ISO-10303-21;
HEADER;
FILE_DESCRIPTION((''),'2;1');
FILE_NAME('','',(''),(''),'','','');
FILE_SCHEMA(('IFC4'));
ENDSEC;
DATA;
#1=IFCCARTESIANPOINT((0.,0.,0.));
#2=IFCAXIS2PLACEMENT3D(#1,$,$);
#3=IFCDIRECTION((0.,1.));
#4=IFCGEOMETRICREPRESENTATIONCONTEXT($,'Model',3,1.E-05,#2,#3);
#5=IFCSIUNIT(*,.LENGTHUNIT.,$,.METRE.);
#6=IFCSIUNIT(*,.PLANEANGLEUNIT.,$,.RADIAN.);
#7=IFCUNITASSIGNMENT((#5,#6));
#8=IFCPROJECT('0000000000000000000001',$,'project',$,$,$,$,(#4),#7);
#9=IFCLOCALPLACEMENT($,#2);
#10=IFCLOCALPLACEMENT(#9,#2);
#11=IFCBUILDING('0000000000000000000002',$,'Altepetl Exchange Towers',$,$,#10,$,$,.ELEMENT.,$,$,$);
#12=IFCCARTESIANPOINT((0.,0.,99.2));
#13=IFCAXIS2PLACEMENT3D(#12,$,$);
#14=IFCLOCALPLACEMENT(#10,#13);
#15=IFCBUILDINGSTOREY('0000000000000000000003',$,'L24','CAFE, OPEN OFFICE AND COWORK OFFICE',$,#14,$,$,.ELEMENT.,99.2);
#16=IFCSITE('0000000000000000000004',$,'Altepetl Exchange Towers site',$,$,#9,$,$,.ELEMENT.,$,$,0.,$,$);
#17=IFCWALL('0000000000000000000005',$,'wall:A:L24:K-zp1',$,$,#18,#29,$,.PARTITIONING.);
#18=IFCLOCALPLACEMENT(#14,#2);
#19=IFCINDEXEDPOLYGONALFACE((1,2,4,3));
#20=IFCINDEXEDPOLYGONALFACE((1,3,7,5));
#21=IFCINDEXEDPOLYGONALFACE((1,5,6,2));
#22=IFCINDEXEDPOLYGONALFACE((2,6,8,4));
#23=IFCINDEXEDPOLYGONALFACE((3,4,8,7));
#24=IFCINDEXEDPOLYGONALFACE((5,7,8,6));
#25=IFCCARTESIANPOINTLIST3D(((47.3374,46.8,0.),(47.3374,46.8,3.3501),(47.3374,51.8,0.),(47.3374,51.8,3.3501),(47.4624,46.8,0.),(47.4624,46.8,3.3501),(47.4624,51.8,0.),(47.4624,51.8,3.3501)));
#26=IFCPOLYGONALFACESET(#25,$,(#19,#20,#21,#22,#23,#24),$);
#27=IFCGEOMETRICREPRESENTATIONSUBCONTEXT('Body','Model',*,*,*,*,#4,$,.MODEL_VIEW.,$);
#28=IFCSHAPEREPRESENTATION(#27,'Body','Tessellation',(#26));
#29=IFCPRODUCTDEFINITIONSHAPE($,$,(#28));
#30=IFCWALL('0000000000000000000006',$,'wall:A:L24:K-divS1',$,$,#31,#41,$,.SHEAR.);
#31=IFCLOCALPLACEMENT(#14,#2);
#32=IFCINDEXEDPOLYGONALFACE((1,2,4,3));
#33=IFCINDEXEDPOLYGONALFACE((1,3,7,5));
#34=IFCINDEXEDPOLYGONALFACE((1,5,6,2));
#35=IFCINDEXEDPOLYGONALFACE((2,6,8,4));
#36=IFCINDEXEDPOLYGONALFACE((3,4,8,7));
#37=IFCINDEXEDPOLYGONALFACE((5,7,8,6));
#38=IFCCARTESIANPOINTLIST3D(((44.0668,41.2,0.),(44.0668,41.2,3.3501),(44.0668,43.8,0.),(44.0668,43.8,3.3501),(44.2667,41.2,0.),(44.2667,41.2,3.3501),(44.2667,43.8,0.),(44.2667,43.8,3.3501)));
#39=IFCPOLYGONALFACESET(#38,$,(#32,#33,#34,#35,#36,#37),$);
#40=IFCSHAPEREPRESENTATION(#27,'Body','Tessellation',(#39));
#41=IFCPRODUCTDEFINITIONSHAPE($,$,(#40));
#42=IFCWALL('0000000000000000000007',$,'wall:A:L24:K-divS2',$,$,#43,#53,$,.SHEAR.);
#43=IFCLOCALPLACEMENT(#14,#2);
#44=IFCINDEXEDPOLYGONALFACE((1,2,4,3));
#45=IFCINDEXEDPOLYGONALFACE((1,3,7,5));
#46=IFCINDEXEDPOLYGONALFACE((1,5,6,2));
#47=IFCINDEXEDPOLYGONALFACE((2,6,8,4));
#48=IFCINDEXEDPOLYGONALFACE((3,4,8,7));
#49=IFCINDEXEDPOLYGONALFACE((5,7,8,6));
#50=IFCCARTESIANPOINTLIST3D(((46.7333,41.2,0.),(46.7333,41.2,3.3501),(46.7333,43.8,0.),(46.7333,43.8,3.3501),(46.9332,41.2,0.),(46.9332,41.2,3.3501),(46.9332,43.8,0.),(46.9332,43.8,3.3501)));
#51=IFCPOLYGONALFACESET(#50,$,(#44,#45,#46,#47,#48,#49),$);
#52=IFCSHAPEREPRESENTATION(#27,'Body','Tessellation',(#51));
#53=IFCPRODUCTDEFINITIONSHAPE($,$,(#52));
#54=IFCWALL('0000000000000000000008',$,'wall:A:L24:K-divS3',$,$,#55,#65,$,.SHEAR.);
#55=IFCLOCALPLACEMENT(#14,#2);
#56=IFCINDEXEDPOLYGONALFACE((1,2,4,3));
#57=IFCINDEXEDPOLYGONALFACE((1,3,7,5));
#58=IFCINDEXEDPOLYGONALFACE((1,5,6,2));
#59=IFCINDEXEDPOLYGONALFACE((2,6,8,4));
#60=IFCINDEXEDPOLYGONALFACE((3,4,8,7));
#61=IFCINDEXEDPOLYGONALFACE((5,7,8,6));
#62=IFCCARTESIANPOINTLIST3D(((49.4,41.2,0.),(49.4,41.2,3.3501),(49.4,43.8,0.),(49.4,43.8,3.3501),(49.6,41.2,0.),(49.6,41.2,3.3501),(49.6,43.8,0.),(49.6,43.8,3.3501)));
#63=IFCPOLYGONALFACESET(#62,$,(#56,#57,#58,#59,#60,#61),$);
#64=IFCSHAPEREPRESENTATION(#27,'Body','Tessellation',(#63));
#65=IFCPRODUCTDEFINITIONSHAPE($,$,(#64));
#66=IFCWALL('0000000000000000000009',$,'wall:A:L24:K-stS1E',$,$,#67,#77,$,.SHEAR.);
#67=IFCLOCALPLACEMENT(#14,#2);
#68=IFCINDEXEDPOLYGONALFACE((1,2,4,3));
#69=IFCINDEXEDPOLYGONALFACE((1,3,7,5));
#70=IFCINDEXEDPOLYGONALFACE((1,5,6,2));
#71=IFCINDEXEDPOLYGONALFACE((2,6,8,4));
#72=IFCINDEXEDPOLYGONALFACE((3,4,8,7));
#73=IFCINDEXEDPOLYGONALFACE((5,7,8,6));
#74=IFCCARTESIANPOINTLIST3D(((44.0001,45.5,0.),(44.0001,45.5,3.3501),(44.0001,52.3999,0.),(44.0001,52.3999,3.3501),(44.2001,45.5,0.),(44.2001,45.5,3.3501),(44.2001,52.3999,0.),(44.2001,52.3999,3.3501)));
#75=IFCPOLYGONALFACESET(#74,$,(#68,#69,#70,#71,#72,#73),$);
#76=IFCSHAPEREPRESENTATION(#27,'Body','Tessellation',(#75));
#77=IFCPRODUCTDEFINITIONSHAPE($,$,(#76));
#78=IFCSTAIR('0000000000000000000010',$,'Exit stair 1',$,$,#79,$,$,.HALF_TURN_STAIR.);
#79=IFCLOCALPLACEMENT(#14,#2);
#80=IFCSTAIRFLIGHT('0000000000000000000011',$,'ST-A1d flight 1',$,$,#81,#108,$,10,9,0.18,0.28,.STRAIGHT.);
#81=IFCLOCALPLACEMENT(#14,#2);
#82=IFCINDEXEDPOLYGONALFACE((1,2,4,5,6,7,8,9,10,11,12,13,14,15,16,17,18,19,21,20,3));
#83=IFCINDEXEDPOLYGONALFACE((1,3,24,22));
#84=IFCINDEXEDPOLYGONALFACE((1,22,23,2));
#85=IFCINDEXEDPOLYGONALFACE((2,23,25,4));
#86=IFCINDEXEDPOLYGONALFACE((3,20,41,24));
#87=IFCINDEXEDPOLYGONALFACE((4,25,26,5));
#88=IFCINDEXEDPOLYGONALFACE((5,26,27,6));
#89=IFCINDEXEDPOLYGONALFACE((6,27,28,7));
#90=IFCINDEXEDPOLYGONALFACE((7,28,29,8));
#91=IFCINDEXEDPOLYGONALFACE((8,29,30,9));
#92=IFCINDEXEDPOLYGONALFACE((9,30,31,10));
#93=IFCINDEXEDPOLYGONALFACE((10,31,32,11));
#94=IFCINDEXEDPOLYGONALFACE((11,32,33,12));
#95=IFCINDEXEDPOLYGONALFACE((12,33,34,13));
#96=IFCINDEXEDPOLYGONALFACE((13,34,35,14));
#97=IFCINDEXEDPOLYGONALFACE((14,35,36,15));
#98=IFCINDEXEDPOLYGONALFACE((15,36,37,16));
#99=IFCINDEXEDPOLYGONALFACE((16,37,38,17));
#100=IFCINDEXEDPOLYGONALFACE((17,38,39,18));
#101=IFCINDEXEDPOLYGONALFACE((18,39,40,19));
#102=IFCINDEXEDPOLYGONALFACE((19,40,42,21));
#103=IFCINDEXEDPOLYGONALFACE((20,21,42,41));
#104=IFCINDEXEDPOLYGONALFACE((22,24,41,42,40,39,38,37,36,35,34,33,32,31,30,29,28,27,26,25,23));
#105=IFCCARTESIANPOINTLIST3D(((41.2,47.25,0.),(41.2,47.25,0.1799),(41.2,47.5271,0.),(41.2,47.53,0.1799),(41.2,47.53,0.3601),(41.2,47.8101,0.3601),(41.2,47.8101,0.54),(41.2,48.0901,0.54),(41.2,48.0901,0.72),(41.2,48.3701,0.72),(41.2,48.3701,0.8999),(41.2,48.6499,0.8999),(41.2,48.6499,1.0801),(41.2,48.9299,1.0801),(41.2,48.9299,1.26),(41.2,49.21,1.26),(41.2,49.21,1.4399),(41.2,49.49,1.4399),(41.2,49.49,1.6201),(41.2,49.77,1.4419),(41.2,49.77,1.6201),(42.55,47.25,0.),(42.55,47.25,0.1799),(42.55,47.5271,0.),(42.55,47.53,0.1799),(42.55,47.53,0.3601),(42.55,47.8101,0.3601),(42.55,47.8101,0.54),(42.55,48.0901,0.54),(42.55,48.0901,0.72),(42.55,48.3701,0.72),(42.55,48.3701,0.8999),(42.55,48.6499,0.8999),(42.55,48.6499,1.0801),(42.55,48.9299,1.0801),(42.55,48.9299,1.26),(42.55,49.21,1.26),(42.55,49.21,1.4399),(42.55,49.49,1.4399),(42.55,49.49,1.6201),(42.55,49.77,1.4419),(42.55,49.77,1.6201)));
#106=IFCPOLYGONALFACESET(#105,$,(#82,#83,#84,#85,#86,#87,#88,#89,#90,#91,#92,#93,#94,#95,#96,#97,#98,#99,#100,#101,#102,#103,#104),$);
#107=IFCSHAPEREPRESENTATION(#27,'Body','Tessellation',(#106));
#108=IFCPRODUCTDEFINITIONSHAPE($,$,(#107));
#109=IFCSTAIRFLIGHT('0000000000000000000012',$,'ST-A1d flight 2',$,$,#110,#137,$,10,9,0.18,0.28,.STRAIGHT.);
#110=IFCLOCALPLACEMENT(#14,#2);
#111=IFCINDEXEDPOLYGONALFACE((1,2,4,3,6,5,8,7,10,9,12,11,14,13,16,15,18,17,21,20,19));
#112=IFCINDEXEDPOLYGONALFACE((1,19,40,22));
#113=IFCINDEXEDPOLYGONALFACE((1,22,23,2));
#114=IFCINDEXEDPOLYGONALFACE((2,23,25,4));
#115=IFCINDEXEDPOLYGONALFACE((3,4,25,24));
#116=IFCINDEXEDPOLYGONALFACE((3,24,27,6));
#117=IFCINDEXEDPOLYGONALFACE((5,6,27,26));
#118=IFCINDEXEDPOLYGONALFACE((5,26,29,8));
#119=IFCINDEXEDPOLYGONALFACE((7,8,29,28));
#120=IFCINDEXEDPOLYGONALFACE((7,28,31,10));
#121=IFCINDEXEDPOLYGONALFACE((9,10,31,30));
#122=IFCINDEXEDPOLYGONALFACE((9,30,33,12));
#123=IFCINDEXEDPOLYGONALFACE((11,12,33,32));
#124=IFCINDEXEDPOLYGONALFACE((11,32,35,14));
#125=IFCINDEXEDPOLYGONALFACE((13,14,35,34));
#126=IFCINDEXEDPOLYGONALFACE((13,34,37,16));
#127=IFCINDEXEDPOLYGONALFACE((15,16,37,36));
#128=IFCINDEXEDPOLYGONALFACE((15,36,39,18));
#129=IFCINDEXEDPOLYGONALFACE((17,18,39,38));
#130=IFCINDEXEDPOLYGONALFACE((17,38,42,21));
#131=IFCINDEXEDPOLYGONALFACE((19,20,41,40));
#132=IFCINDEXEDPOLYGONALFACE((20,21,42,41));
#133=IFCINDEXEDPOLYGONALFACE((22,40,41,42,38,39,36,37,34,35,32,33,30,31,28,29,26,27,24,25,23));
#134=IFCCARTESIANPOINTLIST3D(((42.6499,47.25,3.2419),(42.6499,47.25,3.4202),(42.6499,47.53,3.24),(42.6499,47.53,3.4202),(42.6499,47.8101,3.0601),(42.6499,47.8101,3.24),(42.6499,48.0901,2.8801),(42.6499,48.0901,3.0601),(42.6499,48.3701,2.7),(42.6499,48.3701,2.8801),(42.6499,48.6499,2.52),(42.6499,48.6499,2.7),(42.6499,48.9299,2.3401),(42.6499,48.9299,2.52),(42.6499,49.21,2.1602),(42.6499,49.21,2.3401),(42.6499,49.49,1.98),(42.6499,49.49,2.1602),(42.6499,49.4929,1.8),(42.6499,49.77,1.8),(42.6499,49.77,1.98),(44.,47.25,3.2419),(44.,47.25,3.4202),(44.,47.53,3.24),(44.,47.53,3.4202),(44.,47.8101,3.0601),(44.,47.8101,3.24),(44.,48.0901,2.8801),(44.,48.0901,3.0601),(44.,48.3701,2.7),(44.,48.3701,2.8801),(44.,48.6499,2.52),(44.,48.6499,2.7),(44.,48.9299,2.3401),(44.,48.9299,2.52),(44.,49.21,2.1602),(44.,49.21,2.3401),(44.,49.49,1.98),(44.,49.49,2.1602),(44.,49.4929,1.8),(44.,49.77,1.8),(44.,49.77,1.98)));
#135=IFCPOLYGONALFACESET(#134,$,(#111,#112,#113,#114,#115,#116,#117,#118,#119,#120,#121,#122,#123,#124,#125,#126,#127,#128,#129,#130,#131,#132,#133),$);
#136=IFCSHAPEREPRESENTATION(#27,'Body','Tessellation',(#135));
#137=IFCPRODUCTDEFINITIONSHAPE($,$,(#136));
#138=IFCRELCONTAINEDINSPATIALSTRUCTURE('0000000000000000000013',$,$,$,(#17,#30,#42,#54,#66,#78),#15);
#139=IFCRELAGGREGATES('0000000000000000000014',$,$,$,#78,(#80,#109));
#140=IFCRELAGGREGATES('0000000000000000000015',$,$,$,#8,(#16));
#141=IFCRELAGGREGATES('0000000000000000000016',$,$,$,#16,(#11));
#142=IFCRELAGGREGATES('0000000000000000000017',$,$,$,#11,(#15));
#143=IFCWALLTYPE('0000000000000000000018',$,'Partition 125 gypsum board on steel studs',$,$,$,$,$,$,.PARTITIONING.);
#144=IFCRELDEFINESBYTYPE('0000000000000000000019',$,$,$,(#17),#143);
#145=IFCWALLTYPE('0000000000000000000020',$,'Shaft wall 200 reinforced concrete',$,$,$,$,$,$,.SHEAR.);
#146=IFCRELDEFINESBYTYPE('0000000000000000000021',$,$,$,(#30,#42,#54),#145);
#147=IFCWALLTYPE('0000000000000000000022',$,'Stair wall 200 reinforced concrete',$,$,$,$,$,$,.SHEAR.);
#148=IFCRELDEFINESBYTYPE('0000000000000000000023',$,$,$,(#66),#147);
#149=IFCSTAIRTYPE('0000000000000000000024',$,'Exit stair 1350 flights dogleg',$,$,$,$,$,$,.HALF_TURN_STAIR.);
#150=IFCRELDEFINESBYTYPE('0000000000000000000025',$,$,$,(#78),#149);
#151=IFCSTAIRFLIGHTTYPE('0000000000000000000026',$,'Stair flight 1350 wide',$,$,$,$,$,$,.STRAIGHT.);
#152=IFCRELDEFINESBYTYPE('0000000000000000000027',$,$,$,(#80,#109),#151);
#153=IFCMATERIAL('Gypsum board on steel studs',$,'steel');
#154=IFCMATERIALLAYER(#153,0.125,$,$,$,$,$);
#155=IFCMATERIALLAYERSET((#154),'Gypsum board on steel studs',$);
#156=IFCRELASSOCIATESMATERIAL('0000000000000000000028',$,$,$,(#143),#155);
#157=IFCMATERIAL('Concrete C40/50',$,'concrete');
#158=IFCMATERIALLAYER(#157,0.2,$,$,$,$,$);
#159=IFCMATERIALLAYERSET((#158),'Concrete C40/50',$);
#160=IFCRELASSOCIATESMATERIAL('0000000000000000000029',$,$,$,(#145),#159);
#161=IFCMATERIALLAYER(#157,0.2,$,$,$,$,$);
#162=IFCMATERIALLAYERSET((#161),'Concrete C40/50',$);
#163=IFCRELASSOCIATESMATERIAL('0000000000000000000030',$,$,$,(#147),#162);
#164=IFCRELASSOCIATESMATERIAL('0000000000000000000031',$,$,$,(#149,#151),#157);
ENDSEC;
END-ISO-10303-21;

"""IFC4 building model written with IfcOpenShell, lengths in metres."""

from ifc_helpers import new_model, si_unit, direction, frame, frame_2d, origin, place, context, subcontext, project, spatial, polyline, rectangle, outline, extrude, material, layer, layer_set, type_object, element, aggregate, save


model = new_model("IFC4")

# Units and contexts
model_context = context("Model", 3, precision=1e-05, world=origin(), true_north=direction((0.0, 1.0)))
body_context = subcontext(model_context, "Body", "Model", "MODEL_VIEW")
ifc_project = project(units=[si_unit("LENGTHUNIT", "METRE"), si_unit("PLANEANGLEUNIT", "RADIAN")], contexts=[model_context])

# Site, building, storey
site_placement = place(None, origin())
site = spatial("IfcSite", under=ifc_project, at=site_placement, Name="Altepetl Exchange Towers site", CompositionType="ELEMENT", RefElevation=0.0)
building_placement = place(site_placement, origin())
building = spatial("IfcBuilding", under=site, at=building_placement, Name="Altepetl Exchange Towers", CompositionType="ELEMENT")
storey_placement = place(building_placement, frame((0.0, 0.0, 99.2)))
storey = spatial("IfcBuildingStorey", under=building, at=storey_placement, Name="L24", Description="CAFE, OPEN OFFICE AND COWORK OFFICE", CompositionType="ELEMENT", Elevation=99.2)

# Walls
ifc_material_1 = material(Name="Gypsum board on steel studs", Category="steel")
ifc_layer_1 = layer(ifc_material_1, 0.125)
ifc_layer_set_1 = layer_set([ifc_layer_1], Name="Gypsum board on steel studs")
wall_type_1 = type_object("IfcWallType", Name="Partition 125 gypsum board on steel studs", PredefinedType="PARTITIONING", material=ifc_layer_set_1)
wall_1_placement = place(storey_placement, frame((47.3999, 46.8, 0.0), z_axis=(0.0, 0.0, 1.0), x_axis=(0.0, 1.0, 0.0)))
element("IfcWall", 1, at=wall_1_placement, inside=storey, type_object=wall_type_1, Name="wall:A:L24:K-zp1", PredefinedType="PARTITIONING", context=body_context, shape_type="SweptSolid", body=[
    extrude(rectangle(XDim=5.0, YDim=0.125, at=frame_2d((2.5, 0.0))), origin(), (0.0, 0.0, 1.0), 3.3501),
])
ifc_material_2 = material(Name="Concrete C40/50", Category="concrete")
ifc_layer_2 = layer(ifc_material_2, 0.2)
ifc_layer_set_2 = layer_set([ifc_layer_2], Name="Concrete C40/50")
wall_type_2 = type_object("IfcWallType", Name="Shaft wall 200 reinforced concrete", PredefinedType="SHEAR", material=ifc_layer_set_2)
for number, where, z_axis, x_axis, name in (
    (2, (44.1667, 41.2, 0.0), (0.0, 0.0, 1.0), (0.0, 1.0, 0.0), "wall:A:L24:K-divS1"),
    (3, (46.8333, 41.2, 0.0), (0.0, 0.0, 1.0), (0.0, 1.0, 0.0), "wall:A:L24:K-divS2"),
    (4, (49.5, 41.2, 0.0), (0.0, 0.0, 1.0), (0.0, 1.0, 0.0), "wall:A:L24:K-divS3"),
):
    element("IfcWall", number, at=place(storey_placement, frame(where, z_axis=z_axis, x_axis=x_axis)), inside=storey, type_object=wall_type_2, Name=name, PredefinedType="SHEAR", context=body_context, shape_type="SweptSolid", body=[
        extrude(rectangle(XDim=2.6001, YDim=0.2, at=frame_2d((1.3, 0.0))), origin(), (0.0, 0.0, 1.0), 3.3501),
    ])
ifc_layer_3 = layer(ifc_material_2, 0.2)
ifc_layer_set_3 = layer_set([ifc_layer_3], Name="Concrete C40/50")
wall_type_3 = type_object("IfcWallType", Name="Stair wall 200 reinforced concrete", PredefinedType="SHEAR", material=ifc_layer_set_3)
wall_2_placement = place(storey_placement, frame((44.1001, 45.5, 0.0), z_axis=(0.0, 0.0, 1.0), x_axis=(0.0, 1.0, 0.0)))
element("IfcWall", 5, at=wall_2_placement, inside=storey, type_object=wall_type_3, Name="wall:A:L24:K-stS1E", PredefinedType="SHEAR", context=body_context, shape_type="SweptSolid", body=[
    extrude(rectangle(XDim=6.8999, YDim=0.2, at=frame_2d((3.45, 0.0))), origin(), (0.0, 0.0, 1.0), 3.3501),
])

# Stair, stair flights
stair_type = type_object("IfcStairType", Name="Exit stair 1350 flights dogleg", PredefinedType="HALF_TURN_STAIR", material=ifc_material_2)
stair_placement = place(storey_placement, origin())
stair = element("IfcStair", 6, at=stair_placement, inside=storey, type_object=stair_type, Name="Exit stair 1", PredefinedType="HALF_TURN_STAIR")
stair_flight_type = type_object("IfcStairFlightType", Name="Stair flight 1350 wide", PredefinedType="STRAIGHT", material=ifc_material_2)
stair_flight_1_placement = place(storey_placement, frame((41.875, 47.25, 0.0), z_axis=(0.0, 0.0, 1.0), x_axis=(0.0, 1.0, 0.0)))
stair_flight_1 = element("IfcStairFlight", 7, at=stair_flight_1_placement, type_object=stair_flight_type, Name="ST-A1d flight 1", NumberOfRisers=10, NumberOfTreads=9, PredefinedType="STRAIGHT", RiserHeight=0.18, TreadLength=0.28, context=body_context, shape_type="SweptSolid", body=[
    extrude(outline(polyline([(0.0, 0.0), (0.0, 0.1799), (0.28, 0.1799), (0.28, 0.3601), (0.5601, 0.3601), (0.5601, 0.54), (0.8401, 0.54), (0.8401, 0.72), (1.1201, 0.72), (1.1201, 0.8999), (1.3999, 0.8999), (1.3999, 1.0801), (1.6799, 1.0801), (1.6799, 1.26), (1.96, 1.26), (1.96, 1.4399), (2.24, 1.4399), (2.24, 1.6201), (2.52, 1.6201), (2.52, 1.8), (2.52, 1.4419), (0.2771, 0.0), (0.0, 0.0)])), frame((0.0, 0.675, 0.0), z_axis=(0.0, -1.0, 0.0), x_axis=(1.0, 0.0, 0.0)), (0.0, 0.0, 1.0), 1.3501),
])
stair_flight_2_placement = place(storey_placement, frame((43.325, 49.77, 1.8), z_axis=(0.0, 0.0, 1.0), x_axis=(0.0, -1.0, 0.0)))
stair_flight_2 = element("IfcStairFlight", 8, at=stair_flight_2_placement, type_object=stair_flight_type, Name="ST-A1d flight 2", NumberOfRisers=10, NumberOfTreads=9, PredefinedType="STRAIGHT", RiserHeight=0.18, TreadLength=0.28, context=body_context, shape_type="SweptSolid", body=[
    extrude(outline(polyline([(0.0, 0.0), (0.0, 0.1799), (0.28, 0.1799), (0.28, 0.3601), (0.5601, 0.3601), (0.5601, 0.54), (0.8401, 0.54), (0.8401, 0.72), (1.1201, 0.72), (1.1201, 0.8999), (1.3999, 0.8999), (1.3999, 1.0801), (1.6799, 1.0801), (1.6799, 1.26), (1.96, 1.26), (1.96, 1.4399), (2.24, 1.4399), (2.24, 1.6201), (2.52, 1.6201), (2.52, 1.8), (2.52, 1.4419), (0.2771, 0.0), (0.0, 0.0)])), frame((0.0, 0.675, 0.0), z_axis=(0.0, -1.0, 0.0), x_axis=(1.0, 0.0, 0.0)), (0.0, 0.0, 1.0), 1.3501),
])
aggregate(stair, [stair_flight_1, stair_flight_2])

save(model, "model.ifc")
